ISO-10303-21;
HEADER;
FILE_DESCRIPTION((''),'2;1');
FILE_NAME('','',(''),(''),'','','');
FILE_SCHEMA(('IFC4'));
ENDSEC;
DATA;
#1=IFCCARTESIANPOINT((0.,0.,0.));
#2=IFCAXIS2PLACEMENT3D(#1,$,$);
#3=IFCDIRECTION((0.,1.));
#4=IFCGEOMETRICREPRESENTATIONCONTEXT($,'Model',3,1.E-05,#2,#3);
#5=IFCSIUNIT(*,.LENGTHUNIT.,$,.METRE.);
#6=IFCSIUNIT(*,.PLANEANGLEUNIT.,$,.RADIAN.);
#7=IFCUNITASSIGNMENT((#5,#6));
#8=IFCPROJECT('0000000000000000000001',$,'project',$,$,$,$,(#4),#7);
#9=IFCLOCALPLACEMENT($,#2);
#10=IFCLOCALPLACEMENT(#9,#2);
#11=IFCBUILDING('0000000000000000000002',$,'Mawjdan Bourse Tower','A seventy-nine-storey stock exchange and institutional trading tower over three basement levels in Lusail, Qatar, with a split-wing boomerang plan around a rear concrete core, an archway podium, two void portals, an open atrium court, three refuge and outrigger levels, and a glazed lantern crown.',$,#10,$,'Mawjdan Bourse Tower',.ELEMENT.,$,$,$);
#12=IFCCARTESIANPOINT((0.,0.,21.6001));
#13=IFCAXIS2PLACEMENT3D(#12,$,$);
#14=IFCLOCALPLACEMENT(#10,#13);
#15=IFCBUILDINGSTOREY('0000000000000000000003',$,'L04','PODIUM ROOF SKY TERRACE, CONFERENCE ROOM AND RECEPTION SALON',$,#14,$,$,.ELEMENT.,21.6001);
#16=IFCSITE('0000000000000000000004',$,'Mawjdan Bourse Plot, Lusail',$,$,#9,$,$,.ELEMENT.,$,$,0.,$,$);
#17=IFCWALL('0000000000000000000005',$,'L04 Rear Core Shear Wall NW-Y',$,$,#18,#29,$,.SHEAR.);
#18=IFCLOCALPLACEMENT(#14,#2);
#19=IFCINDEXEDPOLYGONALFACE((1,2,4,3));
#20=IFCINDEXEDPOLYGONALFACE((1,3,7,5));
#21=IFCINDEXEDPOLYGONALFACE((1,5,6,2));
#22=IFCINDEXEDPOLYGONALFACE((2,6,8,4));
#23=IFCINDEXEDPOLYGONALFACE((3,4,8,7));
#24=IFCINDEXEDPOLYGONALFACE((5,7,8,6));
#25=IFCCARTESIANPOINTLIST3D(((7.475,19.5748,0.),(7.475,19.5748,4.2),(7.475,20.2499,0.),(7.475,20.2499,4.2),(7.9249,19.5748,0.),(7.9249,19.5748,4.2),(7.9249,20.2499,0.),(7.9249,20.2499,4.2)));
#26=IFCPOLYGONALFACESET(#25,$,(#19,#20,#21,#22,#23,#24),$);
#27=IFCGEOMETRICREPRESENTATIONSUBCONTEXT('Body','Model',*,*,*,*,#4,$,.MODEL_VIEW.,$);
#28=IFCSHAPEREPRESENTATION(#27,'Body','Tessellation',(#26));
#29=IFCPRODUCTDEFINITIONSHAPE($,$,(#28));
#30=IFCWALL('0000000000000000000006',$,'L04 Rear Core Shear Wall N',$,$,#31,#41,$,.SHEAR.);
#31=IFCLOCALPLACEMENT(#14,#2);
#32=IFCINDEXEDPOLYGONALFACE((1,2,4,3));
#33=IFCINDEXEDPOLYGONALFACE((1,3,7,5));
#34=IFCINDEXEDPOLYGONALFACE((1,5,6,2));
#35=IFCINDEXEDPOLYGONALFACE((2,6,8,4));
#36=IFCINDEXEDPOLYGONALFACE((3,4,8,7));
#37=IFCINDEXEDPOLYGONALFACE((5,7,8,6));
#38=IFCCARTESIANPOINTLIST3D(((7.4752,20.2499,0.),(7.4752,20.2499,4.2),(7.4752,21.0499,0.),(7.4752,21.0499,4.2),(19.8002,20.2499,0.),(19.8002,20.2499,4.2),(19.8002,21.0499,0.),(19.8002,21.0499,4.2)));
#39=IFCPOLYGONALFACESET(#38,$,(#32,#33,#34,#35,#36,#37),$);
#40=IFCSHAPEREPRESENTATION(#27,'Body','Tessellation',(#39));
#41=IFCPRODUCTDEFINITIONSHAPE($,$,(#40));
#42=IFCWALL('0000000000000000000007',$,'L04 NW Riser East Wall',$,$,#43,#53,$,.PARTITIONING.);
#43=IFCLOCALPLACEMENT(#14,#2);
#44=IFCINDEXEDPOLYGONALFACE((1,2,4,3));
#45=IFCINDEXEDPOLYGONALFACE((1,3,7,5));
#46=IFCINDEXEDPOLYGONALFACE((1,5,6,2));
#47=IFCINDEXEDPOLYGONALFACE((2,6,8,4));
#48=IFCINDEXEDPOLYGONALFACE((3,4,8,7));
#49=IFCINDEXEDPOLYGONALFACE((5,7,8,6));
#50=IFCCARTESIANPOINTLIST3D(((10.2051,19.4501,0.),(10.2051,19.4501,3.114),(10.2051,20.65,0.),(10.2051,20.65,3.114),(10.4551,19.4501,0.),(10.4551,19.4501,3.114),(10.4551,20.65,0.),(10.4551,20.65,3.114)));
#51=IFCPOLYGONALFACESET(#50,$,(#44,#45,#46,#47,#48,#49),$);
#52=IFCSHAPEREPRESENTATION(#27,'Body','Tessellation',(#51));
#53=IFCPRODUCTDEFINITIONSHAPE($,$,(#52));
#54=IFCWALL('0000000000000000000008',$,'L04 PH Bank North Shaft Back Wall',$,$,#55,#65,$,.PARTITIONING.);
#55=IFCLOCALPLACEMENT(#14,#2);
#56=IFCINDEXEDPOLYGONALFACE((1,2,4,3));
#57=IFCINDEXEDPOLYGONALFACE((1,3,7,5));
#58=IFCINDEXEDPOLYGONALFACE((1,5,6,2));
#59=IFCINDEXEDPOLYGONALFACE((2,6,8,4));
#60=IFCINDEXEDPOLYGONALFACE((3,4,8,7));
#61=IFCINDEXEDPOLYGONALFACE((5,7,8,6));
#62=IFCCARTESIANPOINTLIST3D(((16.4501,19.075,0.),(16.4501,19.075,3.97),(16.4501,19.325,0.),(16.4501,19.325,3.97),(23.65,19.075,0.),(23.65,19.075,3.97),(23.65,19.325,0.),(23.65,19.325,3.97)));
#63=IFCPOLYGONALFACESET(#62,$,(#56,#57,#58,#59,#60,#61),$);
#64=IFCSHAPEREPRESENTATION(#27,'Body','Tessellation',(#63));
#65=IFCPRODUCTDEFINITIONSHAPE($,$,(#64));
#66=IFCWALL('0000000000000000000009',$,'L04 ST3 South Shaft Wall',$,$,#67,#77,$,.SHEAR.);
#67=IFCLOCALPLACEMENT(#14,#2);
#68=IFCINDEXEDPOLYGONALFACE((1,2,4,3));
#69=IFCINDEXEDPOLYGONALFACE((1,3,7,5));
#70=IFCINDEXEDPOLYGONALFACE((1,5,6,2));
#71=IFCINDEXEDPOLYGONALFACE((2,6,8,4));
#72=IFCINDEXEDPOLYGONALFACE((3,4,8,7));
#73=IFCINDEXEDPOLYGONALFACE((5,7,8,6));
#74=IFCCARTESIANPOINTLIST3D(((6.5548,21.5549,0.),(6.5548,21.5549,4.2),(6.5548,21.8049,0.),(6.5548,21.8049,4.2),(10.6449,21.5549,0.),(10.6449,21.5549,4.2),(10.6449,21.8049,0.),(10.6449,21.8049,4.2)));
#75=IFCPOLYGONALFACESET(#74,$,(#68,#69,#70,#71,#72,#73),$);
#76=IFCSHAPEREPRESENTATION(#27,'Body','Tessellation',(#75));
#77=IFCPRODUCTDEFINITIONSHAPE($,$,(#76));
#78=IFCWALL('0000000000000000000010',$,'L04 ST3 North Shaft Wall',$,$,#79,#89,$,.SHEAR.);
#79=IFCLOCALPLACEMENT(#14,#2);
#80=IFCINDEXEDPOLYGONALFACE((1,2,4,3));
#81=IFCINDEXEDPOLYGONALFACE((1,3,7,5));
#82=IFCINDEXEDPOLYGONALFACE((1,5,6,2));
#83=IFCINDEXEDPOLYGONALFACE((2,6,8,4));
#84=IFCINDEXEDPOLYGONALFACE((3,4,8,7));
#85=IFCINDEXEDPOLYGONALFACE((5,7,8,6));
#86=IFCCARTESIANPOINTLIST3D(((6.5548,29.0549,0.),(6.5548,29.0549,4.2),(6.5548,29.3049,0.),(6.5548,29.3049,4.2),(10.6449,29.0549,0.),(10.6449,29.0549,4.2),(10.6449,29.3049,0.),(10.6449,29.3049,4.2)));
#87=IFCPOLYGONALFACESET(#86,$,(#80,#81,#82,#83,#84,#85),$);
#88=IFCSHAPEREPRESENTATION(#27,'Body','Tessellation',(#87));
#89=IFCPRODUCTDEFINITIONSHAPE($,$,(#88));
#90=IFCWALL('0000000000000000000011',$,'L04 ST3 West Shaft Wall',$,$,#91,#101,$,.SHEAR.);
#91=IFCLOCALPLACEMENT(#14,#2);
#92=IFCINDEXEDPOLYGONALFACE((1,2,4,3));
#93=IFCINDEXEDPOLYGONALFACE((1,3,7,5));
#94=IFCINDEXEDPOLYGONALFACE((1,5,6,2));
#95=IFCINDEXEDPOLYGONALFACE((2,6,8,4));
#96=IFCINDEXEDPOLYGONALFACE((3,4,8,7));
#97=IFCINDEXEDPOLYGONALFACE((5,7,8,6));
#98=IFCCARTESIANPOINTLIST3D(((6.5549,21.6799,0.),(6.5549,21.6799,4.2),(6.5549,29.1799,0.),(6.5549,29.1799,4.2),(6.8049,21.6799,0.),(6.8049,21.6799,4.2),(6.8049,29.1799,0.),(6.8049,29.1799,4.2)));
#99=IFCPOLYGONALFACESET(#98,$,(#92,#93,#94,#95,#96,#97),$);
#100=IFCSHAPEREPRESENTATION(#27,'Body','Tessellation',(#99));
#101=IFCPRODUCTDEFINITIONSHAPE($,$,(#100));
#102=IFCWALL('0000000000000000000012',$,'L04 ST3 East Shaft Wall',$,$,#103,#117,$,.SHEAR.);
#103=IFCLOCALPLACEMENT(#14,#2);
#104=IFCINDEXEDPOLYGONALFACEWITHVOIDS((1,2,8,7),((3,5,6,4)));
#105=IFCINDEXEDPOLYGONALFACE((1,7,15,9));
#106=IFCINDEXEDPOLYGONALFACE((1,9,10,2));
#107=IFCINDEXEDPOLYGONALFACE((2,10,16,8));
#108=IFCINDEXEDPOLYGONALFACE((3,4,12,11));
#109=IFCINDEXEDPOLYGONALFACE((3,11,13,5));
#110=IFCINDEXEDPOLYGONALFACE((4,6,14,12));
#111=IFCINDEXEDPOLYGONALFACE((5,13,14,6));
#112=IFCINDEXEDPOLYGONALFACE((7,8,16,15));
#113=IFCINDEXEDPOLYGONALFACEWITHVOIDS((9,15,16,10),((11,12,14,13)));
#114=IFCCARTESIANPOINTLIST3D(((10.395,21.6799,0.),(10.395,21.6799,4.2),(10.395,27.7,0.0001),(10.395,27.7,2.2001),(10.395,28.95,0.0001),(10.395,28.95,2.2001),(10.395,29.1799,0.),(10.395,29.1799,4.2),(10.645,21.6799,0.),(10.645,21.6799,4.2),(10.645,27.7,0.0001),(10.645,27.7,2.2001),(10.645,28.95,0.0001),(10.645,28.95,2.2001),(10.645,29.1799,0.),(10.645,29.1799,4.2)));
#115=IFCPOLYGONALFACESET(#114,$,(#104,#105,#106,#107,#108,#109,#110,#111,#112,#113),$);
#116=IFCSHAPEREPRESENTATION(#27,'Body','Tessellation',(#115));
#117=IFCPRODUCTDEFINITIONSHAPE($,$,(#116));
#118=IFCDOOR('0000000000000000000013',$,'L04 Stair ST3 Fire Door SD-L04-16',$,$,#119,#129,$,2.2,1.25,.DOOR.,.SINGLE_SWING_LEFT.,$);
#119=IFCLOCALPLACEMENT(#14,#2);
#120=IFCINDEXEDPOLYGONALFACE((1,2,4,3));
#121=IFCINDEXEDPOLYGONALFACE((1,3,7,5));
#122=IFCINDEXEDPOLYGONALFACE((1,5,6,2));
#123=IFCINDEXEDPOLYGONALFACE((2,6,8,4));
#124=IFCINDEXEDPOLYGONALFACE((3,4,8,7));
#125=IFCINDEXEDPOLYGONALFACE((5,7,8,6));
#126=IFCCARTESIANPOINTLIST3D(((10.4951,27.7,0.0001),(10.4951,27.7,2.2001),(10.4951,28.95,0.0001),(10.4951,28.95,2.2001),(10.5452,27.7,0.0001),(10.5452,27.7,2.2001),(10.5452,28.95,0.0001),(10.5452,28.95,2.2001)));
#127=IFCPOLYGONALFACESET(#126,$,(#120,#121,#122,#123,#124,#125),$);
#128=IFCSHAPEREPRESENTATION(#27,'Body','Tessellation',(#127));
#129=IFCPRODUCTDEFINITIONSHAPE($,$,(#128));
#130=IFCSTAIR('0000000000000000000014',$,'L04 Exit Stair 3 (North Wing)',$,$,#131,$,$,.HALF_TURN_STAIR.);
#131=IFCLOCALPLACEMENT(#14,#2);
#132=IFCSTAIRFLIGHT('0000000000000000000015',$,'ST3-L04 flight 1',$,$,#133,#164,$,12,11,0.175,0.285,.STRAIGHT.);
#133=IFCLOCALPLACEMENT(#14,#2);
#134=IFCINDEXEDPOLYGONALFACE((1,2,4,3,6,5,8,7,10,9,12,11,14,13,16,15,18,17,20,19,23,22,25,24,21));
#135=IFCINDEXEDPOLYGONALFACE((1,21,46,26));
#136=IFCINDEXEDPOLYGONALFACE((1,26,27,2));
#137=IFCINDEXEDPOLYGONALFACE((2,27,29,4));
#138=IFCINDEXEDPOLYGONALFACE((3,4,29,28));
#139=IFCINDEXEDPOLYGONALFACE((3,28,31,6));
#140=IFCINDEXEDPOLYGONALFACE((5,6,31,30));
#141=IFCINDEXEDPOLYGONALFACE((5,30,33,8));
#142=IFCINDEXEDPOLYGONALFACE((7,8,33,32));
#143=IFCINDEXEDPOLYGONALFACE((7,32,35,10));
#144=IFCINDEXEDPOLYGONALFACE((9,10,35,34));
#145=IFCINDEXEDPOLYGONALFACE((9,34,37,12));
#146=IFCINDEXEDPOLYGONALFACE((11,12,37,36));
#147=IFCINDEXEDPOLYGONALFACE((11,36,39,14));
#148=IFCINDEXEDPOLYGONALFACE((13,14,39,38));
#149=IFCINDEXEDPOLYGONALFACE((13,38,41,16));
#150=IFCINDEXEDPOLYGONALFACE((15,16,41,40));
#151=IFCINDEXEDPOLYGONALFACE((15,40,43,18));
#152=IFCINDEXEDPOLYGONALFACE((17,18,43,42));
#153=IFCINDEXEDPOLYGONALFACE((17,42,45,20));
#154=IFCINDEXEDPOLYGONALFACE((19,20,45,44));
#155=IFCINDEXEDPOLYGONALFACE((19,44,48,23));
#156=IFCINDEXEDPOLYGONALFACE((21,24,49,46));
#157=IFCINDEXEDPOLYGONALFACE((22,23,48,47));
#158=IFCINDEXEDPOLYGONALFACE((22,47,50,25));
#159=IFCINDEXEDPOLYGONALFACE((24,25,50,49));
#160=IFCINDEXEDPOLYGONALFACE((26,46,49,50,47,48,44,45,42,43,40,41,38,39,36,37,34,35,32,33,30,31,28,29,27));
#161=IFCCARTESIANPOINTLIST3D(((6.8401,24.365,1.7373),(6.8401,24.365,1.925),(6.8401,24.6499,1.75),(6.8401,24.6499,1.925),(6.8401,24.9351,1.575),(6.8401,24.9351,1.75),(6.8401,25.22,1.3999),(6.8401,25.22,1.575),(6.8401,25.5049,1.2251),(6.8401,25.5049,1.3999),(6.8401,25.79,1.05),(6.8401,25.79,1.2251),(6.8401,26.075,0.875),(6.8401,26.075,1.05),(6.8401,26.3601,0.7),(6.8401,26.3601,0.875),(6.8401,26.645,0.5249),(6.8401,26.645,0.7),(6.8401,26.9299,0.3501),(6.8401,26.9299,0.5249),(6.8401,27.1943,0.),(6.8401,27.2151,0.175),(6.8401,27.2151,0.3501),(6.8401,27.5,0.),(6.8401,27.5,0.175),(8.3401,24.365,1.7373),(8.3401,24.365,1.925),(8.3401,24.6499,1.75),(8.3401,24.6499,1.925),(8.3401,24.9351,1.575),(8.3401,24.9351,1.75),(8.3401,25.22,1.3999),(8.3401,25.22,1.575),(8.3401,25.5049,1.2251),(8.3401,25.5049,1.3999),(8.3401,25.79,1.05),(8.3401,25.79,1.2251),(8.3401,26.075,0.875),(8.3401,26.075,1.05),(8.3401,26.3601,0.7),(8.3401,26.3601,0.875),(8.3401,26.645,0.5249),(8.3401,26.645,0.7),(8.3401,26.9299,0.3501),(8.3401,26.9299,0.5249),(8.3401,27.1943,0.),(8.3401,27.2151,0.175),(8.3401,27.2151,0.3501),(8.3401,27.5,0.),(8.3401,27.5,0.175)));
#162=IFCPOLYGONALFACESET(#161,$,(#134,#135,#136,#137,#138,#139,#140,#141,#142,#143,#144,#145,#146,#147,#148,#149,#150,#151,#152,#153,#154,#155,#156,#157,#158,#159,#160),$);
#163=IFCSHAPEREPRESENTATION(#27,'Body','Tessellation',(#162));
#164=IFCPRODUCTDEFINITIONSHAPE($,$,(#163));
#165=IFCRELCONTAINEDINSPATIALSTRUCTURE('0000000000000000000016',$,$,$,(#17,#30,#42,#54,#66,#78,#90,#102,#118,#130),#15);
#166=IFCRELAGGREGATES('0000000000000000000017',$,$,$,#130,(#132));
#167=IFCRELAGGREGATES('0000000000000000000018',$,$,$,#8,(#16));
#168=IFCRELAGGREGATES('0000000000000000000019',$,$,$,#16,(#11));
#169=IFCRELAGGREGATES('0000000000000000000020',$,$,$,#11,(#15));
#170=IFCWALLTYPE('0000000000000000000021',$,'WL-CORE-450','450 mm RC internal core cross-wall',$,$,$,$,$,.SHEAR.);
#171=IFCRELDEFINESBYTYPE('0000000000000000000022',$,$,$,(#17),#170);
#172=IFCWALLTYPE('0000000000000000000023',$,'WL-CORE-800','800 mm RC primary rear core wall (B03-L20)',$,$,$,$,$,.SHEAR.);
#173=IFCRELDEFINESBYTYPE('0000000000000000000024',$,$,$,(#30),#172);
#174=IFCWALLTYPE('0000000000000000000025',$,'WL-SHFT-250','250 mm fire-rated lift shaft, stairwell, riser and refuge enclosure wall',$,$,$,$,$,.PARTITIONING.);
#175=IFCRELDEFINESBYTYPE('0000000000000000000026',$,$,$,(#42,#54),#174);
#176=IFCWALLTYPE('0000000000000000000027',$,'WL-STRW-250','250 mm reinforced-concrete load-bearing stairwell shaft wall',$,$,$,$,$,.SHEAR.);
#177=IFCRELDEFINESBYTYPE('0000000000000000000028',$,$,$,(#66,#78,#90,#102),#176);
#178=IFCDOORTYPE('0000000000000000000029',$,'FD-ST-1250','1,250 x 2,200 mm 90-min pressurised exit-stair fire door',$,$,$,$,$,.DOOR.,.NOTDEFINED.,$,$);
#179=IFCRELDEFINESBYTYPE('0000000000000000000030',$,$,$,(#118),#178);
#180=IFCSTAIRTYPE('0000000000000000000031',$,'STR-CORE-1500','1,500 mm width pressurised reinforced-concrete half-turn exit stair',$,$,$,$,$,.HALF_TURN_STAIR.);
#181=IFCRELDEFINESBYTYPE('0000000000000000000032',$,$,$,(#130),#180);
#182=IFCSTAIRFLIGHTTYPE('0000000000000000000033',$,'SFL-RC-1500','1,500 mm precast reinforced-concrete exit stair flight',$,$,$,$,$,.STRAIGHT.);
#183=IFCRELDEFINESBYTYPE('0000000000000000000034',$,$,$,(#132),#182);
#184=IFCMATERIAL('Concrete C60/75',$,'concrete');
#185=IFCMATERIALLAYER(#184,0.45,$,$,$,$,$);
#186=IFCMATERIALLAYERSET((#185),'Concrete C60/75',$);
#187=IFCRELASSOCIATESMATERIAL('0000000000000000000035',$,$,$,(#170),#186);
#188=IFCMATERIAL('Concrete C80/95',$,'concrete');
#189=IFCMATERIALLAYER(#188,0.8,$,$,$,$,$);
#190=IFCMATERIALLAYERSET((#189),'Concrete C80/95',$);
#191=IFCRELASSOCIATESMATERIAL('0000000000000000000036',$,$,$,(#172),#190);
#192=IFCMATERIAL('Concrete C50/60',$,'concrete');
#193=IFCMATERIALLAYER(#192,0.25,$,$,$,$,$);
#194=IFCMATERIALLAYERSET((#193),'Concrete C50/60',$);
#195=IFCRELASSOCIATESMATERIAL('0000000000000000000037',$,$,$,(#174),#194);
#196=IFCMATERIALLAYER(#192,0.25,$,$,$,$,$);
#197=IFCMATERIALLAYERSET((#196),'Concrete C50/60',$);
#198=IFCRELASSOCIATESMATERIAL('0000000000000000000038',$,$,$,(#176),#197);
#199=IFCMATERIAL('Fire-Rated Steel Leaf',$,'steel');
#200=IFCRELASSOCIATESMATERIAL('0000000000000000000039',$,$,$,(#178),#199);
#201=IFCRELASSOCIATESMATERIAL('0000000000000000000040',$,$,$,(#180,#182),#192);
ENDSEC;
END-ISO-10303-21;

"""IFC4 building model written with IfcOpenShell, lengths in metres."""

from ifc_helpers import new_model, si_unit, direction, frame, frame_2d, origin, place, context, subcontext, project, spatial, polyline, rectangle, outline, extrude, material, layer, layer_set, type_object, element, fill, aggregate, save


model = new_model("IFC4")

# Units and contexts
model_context = context("Model", 3, precision=1e-05, world=origin(), true_north=direction((0.0, 1.0)))
body_context = subcontext(model_context, "Body", "Model", "MODEL_VIEW")
ifc_project = project(units=[si_unit("LENGTHUNIT", "METRE"), si_unit("PLANEANGLEUNIT", "RADIAN")], contexts=[model_context])

# Site, building, storey
site_placement = place(None, origin())
site = spatial("IfcSite", under=ifc_project, at=site_placement, Name="Mawjdan Bourse Plot, Lusail", CompositionType="ELEMENT", RefElevation=0.0)
building_placement = place(site_placement, origin())
building = spatial("IfcBuilding", under=site, at=building_placement, Name="Mawjdan Bourse Tower", Description="A seventy-nine-storey stock exchange and institutional trading tower over three basement levels in Lusail, Qatar, with a split-wing boomerang plan around a rear concrete core, an archway podium, two void portals, an open atrium court, three refuge and outrigger levels, and a glazed lantern crown.", LongName="Mawjdan Bourse Tower", CompositionType="ELEMENT")
storey_placement = place(building_placement, frame((0.0, 0.0, 21.6001)))
storey = spatial("IfcBuildingStorey", under=building, at=storey_placement, Name="L04", Description="PODIUM ROOF SKY TERRACE, CONFERENCE ROOM AND RECEPTION SALON", CompositionType="ELEMENT", Elevation=21.6001)

# Shared definitions
ifc_material_1 = material(Name="Concrete C80/95", Category="concrete")

# Walls
ifc_material_2 = material(Name="Concrete C60/75", Category="concrete")
ifc_layer_1 = layer(ifc_material_2, 0.45)
ifc_layer_set_1 = layer_set([ifc_layer_1], Name="Concrete C60/75")
wall_type_1 = type_object("IfcWallType", Name="WL-CORE-450", Description="450 mm RC internal core cross-wall", PredefinedType="SHEAR", material=ifc_layer_set_1)
wall_1_placement = place(storey_placement, frame((7.7, 19.575, 0.0), z_axis=(0.0, 0.0, 1.0), x_axis=(0.0, 1.0, 0.0)))
element("IfcWall", 1, at=wall_1_placement, inside=storey, type_object=wall_type_1, Name="L04 Rear Core Shear Wall NW-Y", PredefinedType="SHEAR", context=body_context, shape_type="SweptSolid", body=[
    extrude(rectangle(XDim=0.675, YDim=0.45, at=frame_2d((0.3374, 0.0))), origin(), (0.0, 0.0, 1.0), 4.2),
])
ifc_layer_2 = layer(ifc_material_1, 0.8)
ifc_layer_set_2 = layer_set([ifc_layer_2], Name="Concrete C80/95")
wall_type_2 = type_object("IfcWallType", Name="WL-CORE-800", Description="800 mm RC primary rear core wall (B03-L20)", PredefinedType="SHEAR", material=ifc_layer_set_2)
wall_2_placement = place(storey_placement, frame((7.4751, 20.6499, 0.0), z_axis=(0.0, 0.0, 1.0), x_axis=(1.0, 0.0, 0.0)))
element("IfcWall", 2, at=wall_2_placement, inside=storey, type_object=wall_type_2, Name="L04 Rear Core Shear Wall N", PredefinedType="SHEAR", context=body_context, shape_type="SweptSolid", body=[
    extrude(rectangle(XDim=12.325, YDim=0.8, at=frame_2d((6.1626, 0.0))), origin(), (0.0, 0.0, 1.0), 4.2),
])
ifc_material_3 = material(Name="Concrete C50/60", Category="concrete")
ifc_layer_3 = layer(ifc_material_3, 0.25)
ifc_layer_set_3 = layer_set([ifc_layer_3], Name="Concrete C50/60")
wall_type_3 = type_object("IfcWallType", Name="WL-SHFT-250", Description="250 mm fire-rated lift shaft, stairwell, riser and refuge enclosure wall", PredefinedType="PARTITIONING", material=ifc_layer_set_3)
wall_3_placement = place(storey_placement, frame((10.3301, 19.45, 0.0), z_axis=(0.0, 0.0, 1.0), x_axis=(0.0, 1.0, 0.0)))
element("IfcWall", 3, at=wall_3_placement, inside=storey, type_object=wall_type_3, Name="L04 NW Riser East Wall", PredefinedType="PARTITIONING", context=body_context, shape_type="SweptSolid", body=[
    extrude(rectangle(XDim=1.2, YDim=0.25, at=frame_2d((0.6001, 0.0))), origin(), (0.0, 0.0, 1.0), 3.114),
])
wall_4_placement = place(storey_placement, frame((16.45, 19.2, 0.0), z_axis=(0.0, 0.0, 1.0), x_axis=(1.0, 0.0, 0.0)))
element("IfcWall", 4, at=wall_4_placement, inside=storey, type_object=wall_type_3, Name="L04 PH Bank North Shaft Back Wall", PredefinedType="PARTITIONING", context=body_context, shape_type="SweptSolid", body=[
    extrude(rectangle(XDim=7.2, YDim=0.25, at=frame_2d((3.6001, 0.0))), origin(), (0.0, 0.0, 1.0), 3.97),
])
ifc_layer_4 = layer(ifc_material_3, 0.25)
ifc_layer_set_4 = layer_set([ifc_layer_4], Name="Concrete C50/60")
wall_type_4 = type_object("IfcWallType", Name="WL-STRW-250", Description="250 mm reinforced-concrete load-bearing stairwell shaft wall", PredefinedType="SHEAR", material=ifc_layer_set_4)
for number, where, z_axis, x_axis, name in (
    (5, (6.5549, 21.6799, 0.0), (0.0, 0.0, 1.0), (1.0, 0.0, 0.0), "L04 ST3 South Shaft Wall"),
    (6, (6.5549, 29.1799, 0.0), (0.0, 0.0, 1.0), (1.0, 0.0, 0.0), "L04 ST3 North Shaft Wall"),
):
    element("IfcWall", number, at=place(storey_placement, frame(where, z_axis=z_axis, x_axis=x_axis)), inside=storey, type_object=wall_type_4, Name=name, PredefinedType="SHEAR", context=body_context, shape_type="SweptSolid", body=[
        extrude(rectangle(XDim=4.0901, YDim=0.25, at=frame_2d((2.0449, 0.0))), origin(), (0.0, 0.0, 1.0), 4.2),
    ])
wall_5_placement = place(storey_placement, frame((6.6799, 21.6799, 0.0), z_axis=(0.0, 0.0, 1.0), x_axis=(0.0, 1.0, 0.0)))
element("IfcWall", 7, at=wall_5_placement, inside=storey, type_object=wall_type_4, Name="L04 ST3 West Shaft Wall", PredefinedType="SHEAR", context=body_context, shape_type="SweptSolid", body=[
    extrude(rectangle(XDim=7.5, YDim=0.25, at=frame_2d((3.75, 0.0))), origin(), (0.0, 0.0, 1.0), 4.2),
])

# Wall, opening, door
wall_6_placement = place(storey_placement, frame((10.52, 21.6799, 0.0), z_axis=(0.0, 0.0, 1.0), x_axis=(0.0, 1.0, 0.0)))
wall_6 = element("IfcWall", 8, at=wall_6_placement, inside=storey, type_object=wall_type_4, Name="L04 ST3 East Shaft Wall", PredefinedType="SHEAR", context=body_context, shape_type="SweptSolid", body=[
    extrude(rectangle(XDim=7.5, YDim=0.25, at=frame_2d((3.75, 0.0))), origin(), (0.0, 0.0, 1.0), 4.2),
])
opening_1_placement = place(wall_6_placement, frame((6.02, 0.0, 0.0)))
opening_1 = element("IfcOpeningElement", 9, at=opening_1_placement, cuts=wall_6, PredefinedType="OPENING", context=body_context, shape_type="SweptSolid", body=[
    extrude(rectangle(XDim=1.25, YDim=2.2, at=frame_2d((0.625, 1.1001))), frame((0.0, 0.135, 0.0), z_axis=(0.0, -1.0, 0.0), x_axis=(1.0, 0.0, 0.0)), (0.0, 0.0, 1.0), 0.27),
])
ifc_material_4 = material(Name="Fire-Rated Steel Leaf", Category="steel")
door_type_1 = type_object("IfcDoorType", Name="FD-ST-1250", Description="1,250 x 2,200 mm 90-min pressurised exit-stair fire door", OperationType="NOTDEFINED", PredefinedType="DOOR", material=ifc_material_4)
door_1_placement = place(opening_1_placement, origin())
door_1 = element("IfcDoor", 10, at=door_1_placement, inside=storey, type_object=door_type_1, Name="L04 Stair ST3 Fire Door SD-L04-16", OperationType="SINGLE_SWING_LEFT", OverallHeight=2.2, OverallWidth=1.25, PredefinedType="DOOR", context=body_context, shape_type="SweptSolid", body=[
    extrude(rectangle(XDim=1.25, YDim=2.2, at=frame_2d((0.625, 1.1001))), frame((0.0, 0.0249, 0.0), z_axis=(0.0, -1.0, 0.0), x_axis=(1.0, 0.0, 0.0)), (0.0, 0.0, 1.0), 0.05),
])
fill(opening_1, door_1)

# Stair, stair flight
stair_type = type_object("IfcStairType", Name="STR-CORE-1500", Description="1,500 mm width pressurised reinforced-concrete half-turn exit stair", PredefinedType="HALF_TURN_STAIR", material=ifc_material_3)
stair_placement = place(storey_placement, origin())
stair = element("IfcStair", 11, at=stair_placement, inside=storey, type_object=stair_type, Name="L04 Exit Stair 3 (North Wing)", PredefinedType="HALF_TURN_STAIR")
stair_flight_type = type_object("IfcStairFlightType", Name="SFL-RC-1500", Description="1,500 mm precast reinforced-concrete exit stair flight", PredefinedType="STRAIGHT", material=ifc_material_3)
stair_flight_1_placement = place(storey_placement, frame((7.5901, 27.5, 0.0), z_axis=(0.0, 0.0, 1.0), x_axis=(0.0, -1.0, 0.0)))
stair_flight_1 = element("IfcStairFlight", 12, at=stair_flight_1_placement, type_object=stair_flight_type, Name="ST3-L04 flight 1", NumberOfRisers=12, NumberOfTreads=11, PredefinedType="STRAIGHT", RiserHeight=0.175, TreadLength=0.285, context=body_context, shape_type="SweptSolid", body=[
    extrude(outline(polyline([(0.0, 0.0), (0.0, 0.175), (0.2849, 0.175), (0.2849, 0.3501), (0.5701, 0.3501), (0.5701, 0.5249), (0.855, 0.5249), (0.855, 0.7), (1.1399, 0.7), (1.1399, 0.875), (1.425, 0.875), (1.425, 1.05), (1.71, 1.05), (1.71, 1.2251), (1.9951, 1.2251), (1.9951, 1.3999), (2.28, 1.3999), (2.28, 1.575), (2.5649, 1.575), (2.5649, 1.75), (2.8501, 1.75), (2.8501, 1.925), (3.135, 1.925), (3.135, 2.1001), (3.135, 1.7373), (0.3057, 0.0), (0.0, 0.0)])), frame((0.0, 0.75, 0.0), z_axis=(0.0, -1.0, 0.0), x_axis=(1.0, 0.0, 0.0)), (0.0, 0.0, 1.0), 1.5),
])
aggregate(stair, [stair_flight_1])

save(model, "model.ifc")
